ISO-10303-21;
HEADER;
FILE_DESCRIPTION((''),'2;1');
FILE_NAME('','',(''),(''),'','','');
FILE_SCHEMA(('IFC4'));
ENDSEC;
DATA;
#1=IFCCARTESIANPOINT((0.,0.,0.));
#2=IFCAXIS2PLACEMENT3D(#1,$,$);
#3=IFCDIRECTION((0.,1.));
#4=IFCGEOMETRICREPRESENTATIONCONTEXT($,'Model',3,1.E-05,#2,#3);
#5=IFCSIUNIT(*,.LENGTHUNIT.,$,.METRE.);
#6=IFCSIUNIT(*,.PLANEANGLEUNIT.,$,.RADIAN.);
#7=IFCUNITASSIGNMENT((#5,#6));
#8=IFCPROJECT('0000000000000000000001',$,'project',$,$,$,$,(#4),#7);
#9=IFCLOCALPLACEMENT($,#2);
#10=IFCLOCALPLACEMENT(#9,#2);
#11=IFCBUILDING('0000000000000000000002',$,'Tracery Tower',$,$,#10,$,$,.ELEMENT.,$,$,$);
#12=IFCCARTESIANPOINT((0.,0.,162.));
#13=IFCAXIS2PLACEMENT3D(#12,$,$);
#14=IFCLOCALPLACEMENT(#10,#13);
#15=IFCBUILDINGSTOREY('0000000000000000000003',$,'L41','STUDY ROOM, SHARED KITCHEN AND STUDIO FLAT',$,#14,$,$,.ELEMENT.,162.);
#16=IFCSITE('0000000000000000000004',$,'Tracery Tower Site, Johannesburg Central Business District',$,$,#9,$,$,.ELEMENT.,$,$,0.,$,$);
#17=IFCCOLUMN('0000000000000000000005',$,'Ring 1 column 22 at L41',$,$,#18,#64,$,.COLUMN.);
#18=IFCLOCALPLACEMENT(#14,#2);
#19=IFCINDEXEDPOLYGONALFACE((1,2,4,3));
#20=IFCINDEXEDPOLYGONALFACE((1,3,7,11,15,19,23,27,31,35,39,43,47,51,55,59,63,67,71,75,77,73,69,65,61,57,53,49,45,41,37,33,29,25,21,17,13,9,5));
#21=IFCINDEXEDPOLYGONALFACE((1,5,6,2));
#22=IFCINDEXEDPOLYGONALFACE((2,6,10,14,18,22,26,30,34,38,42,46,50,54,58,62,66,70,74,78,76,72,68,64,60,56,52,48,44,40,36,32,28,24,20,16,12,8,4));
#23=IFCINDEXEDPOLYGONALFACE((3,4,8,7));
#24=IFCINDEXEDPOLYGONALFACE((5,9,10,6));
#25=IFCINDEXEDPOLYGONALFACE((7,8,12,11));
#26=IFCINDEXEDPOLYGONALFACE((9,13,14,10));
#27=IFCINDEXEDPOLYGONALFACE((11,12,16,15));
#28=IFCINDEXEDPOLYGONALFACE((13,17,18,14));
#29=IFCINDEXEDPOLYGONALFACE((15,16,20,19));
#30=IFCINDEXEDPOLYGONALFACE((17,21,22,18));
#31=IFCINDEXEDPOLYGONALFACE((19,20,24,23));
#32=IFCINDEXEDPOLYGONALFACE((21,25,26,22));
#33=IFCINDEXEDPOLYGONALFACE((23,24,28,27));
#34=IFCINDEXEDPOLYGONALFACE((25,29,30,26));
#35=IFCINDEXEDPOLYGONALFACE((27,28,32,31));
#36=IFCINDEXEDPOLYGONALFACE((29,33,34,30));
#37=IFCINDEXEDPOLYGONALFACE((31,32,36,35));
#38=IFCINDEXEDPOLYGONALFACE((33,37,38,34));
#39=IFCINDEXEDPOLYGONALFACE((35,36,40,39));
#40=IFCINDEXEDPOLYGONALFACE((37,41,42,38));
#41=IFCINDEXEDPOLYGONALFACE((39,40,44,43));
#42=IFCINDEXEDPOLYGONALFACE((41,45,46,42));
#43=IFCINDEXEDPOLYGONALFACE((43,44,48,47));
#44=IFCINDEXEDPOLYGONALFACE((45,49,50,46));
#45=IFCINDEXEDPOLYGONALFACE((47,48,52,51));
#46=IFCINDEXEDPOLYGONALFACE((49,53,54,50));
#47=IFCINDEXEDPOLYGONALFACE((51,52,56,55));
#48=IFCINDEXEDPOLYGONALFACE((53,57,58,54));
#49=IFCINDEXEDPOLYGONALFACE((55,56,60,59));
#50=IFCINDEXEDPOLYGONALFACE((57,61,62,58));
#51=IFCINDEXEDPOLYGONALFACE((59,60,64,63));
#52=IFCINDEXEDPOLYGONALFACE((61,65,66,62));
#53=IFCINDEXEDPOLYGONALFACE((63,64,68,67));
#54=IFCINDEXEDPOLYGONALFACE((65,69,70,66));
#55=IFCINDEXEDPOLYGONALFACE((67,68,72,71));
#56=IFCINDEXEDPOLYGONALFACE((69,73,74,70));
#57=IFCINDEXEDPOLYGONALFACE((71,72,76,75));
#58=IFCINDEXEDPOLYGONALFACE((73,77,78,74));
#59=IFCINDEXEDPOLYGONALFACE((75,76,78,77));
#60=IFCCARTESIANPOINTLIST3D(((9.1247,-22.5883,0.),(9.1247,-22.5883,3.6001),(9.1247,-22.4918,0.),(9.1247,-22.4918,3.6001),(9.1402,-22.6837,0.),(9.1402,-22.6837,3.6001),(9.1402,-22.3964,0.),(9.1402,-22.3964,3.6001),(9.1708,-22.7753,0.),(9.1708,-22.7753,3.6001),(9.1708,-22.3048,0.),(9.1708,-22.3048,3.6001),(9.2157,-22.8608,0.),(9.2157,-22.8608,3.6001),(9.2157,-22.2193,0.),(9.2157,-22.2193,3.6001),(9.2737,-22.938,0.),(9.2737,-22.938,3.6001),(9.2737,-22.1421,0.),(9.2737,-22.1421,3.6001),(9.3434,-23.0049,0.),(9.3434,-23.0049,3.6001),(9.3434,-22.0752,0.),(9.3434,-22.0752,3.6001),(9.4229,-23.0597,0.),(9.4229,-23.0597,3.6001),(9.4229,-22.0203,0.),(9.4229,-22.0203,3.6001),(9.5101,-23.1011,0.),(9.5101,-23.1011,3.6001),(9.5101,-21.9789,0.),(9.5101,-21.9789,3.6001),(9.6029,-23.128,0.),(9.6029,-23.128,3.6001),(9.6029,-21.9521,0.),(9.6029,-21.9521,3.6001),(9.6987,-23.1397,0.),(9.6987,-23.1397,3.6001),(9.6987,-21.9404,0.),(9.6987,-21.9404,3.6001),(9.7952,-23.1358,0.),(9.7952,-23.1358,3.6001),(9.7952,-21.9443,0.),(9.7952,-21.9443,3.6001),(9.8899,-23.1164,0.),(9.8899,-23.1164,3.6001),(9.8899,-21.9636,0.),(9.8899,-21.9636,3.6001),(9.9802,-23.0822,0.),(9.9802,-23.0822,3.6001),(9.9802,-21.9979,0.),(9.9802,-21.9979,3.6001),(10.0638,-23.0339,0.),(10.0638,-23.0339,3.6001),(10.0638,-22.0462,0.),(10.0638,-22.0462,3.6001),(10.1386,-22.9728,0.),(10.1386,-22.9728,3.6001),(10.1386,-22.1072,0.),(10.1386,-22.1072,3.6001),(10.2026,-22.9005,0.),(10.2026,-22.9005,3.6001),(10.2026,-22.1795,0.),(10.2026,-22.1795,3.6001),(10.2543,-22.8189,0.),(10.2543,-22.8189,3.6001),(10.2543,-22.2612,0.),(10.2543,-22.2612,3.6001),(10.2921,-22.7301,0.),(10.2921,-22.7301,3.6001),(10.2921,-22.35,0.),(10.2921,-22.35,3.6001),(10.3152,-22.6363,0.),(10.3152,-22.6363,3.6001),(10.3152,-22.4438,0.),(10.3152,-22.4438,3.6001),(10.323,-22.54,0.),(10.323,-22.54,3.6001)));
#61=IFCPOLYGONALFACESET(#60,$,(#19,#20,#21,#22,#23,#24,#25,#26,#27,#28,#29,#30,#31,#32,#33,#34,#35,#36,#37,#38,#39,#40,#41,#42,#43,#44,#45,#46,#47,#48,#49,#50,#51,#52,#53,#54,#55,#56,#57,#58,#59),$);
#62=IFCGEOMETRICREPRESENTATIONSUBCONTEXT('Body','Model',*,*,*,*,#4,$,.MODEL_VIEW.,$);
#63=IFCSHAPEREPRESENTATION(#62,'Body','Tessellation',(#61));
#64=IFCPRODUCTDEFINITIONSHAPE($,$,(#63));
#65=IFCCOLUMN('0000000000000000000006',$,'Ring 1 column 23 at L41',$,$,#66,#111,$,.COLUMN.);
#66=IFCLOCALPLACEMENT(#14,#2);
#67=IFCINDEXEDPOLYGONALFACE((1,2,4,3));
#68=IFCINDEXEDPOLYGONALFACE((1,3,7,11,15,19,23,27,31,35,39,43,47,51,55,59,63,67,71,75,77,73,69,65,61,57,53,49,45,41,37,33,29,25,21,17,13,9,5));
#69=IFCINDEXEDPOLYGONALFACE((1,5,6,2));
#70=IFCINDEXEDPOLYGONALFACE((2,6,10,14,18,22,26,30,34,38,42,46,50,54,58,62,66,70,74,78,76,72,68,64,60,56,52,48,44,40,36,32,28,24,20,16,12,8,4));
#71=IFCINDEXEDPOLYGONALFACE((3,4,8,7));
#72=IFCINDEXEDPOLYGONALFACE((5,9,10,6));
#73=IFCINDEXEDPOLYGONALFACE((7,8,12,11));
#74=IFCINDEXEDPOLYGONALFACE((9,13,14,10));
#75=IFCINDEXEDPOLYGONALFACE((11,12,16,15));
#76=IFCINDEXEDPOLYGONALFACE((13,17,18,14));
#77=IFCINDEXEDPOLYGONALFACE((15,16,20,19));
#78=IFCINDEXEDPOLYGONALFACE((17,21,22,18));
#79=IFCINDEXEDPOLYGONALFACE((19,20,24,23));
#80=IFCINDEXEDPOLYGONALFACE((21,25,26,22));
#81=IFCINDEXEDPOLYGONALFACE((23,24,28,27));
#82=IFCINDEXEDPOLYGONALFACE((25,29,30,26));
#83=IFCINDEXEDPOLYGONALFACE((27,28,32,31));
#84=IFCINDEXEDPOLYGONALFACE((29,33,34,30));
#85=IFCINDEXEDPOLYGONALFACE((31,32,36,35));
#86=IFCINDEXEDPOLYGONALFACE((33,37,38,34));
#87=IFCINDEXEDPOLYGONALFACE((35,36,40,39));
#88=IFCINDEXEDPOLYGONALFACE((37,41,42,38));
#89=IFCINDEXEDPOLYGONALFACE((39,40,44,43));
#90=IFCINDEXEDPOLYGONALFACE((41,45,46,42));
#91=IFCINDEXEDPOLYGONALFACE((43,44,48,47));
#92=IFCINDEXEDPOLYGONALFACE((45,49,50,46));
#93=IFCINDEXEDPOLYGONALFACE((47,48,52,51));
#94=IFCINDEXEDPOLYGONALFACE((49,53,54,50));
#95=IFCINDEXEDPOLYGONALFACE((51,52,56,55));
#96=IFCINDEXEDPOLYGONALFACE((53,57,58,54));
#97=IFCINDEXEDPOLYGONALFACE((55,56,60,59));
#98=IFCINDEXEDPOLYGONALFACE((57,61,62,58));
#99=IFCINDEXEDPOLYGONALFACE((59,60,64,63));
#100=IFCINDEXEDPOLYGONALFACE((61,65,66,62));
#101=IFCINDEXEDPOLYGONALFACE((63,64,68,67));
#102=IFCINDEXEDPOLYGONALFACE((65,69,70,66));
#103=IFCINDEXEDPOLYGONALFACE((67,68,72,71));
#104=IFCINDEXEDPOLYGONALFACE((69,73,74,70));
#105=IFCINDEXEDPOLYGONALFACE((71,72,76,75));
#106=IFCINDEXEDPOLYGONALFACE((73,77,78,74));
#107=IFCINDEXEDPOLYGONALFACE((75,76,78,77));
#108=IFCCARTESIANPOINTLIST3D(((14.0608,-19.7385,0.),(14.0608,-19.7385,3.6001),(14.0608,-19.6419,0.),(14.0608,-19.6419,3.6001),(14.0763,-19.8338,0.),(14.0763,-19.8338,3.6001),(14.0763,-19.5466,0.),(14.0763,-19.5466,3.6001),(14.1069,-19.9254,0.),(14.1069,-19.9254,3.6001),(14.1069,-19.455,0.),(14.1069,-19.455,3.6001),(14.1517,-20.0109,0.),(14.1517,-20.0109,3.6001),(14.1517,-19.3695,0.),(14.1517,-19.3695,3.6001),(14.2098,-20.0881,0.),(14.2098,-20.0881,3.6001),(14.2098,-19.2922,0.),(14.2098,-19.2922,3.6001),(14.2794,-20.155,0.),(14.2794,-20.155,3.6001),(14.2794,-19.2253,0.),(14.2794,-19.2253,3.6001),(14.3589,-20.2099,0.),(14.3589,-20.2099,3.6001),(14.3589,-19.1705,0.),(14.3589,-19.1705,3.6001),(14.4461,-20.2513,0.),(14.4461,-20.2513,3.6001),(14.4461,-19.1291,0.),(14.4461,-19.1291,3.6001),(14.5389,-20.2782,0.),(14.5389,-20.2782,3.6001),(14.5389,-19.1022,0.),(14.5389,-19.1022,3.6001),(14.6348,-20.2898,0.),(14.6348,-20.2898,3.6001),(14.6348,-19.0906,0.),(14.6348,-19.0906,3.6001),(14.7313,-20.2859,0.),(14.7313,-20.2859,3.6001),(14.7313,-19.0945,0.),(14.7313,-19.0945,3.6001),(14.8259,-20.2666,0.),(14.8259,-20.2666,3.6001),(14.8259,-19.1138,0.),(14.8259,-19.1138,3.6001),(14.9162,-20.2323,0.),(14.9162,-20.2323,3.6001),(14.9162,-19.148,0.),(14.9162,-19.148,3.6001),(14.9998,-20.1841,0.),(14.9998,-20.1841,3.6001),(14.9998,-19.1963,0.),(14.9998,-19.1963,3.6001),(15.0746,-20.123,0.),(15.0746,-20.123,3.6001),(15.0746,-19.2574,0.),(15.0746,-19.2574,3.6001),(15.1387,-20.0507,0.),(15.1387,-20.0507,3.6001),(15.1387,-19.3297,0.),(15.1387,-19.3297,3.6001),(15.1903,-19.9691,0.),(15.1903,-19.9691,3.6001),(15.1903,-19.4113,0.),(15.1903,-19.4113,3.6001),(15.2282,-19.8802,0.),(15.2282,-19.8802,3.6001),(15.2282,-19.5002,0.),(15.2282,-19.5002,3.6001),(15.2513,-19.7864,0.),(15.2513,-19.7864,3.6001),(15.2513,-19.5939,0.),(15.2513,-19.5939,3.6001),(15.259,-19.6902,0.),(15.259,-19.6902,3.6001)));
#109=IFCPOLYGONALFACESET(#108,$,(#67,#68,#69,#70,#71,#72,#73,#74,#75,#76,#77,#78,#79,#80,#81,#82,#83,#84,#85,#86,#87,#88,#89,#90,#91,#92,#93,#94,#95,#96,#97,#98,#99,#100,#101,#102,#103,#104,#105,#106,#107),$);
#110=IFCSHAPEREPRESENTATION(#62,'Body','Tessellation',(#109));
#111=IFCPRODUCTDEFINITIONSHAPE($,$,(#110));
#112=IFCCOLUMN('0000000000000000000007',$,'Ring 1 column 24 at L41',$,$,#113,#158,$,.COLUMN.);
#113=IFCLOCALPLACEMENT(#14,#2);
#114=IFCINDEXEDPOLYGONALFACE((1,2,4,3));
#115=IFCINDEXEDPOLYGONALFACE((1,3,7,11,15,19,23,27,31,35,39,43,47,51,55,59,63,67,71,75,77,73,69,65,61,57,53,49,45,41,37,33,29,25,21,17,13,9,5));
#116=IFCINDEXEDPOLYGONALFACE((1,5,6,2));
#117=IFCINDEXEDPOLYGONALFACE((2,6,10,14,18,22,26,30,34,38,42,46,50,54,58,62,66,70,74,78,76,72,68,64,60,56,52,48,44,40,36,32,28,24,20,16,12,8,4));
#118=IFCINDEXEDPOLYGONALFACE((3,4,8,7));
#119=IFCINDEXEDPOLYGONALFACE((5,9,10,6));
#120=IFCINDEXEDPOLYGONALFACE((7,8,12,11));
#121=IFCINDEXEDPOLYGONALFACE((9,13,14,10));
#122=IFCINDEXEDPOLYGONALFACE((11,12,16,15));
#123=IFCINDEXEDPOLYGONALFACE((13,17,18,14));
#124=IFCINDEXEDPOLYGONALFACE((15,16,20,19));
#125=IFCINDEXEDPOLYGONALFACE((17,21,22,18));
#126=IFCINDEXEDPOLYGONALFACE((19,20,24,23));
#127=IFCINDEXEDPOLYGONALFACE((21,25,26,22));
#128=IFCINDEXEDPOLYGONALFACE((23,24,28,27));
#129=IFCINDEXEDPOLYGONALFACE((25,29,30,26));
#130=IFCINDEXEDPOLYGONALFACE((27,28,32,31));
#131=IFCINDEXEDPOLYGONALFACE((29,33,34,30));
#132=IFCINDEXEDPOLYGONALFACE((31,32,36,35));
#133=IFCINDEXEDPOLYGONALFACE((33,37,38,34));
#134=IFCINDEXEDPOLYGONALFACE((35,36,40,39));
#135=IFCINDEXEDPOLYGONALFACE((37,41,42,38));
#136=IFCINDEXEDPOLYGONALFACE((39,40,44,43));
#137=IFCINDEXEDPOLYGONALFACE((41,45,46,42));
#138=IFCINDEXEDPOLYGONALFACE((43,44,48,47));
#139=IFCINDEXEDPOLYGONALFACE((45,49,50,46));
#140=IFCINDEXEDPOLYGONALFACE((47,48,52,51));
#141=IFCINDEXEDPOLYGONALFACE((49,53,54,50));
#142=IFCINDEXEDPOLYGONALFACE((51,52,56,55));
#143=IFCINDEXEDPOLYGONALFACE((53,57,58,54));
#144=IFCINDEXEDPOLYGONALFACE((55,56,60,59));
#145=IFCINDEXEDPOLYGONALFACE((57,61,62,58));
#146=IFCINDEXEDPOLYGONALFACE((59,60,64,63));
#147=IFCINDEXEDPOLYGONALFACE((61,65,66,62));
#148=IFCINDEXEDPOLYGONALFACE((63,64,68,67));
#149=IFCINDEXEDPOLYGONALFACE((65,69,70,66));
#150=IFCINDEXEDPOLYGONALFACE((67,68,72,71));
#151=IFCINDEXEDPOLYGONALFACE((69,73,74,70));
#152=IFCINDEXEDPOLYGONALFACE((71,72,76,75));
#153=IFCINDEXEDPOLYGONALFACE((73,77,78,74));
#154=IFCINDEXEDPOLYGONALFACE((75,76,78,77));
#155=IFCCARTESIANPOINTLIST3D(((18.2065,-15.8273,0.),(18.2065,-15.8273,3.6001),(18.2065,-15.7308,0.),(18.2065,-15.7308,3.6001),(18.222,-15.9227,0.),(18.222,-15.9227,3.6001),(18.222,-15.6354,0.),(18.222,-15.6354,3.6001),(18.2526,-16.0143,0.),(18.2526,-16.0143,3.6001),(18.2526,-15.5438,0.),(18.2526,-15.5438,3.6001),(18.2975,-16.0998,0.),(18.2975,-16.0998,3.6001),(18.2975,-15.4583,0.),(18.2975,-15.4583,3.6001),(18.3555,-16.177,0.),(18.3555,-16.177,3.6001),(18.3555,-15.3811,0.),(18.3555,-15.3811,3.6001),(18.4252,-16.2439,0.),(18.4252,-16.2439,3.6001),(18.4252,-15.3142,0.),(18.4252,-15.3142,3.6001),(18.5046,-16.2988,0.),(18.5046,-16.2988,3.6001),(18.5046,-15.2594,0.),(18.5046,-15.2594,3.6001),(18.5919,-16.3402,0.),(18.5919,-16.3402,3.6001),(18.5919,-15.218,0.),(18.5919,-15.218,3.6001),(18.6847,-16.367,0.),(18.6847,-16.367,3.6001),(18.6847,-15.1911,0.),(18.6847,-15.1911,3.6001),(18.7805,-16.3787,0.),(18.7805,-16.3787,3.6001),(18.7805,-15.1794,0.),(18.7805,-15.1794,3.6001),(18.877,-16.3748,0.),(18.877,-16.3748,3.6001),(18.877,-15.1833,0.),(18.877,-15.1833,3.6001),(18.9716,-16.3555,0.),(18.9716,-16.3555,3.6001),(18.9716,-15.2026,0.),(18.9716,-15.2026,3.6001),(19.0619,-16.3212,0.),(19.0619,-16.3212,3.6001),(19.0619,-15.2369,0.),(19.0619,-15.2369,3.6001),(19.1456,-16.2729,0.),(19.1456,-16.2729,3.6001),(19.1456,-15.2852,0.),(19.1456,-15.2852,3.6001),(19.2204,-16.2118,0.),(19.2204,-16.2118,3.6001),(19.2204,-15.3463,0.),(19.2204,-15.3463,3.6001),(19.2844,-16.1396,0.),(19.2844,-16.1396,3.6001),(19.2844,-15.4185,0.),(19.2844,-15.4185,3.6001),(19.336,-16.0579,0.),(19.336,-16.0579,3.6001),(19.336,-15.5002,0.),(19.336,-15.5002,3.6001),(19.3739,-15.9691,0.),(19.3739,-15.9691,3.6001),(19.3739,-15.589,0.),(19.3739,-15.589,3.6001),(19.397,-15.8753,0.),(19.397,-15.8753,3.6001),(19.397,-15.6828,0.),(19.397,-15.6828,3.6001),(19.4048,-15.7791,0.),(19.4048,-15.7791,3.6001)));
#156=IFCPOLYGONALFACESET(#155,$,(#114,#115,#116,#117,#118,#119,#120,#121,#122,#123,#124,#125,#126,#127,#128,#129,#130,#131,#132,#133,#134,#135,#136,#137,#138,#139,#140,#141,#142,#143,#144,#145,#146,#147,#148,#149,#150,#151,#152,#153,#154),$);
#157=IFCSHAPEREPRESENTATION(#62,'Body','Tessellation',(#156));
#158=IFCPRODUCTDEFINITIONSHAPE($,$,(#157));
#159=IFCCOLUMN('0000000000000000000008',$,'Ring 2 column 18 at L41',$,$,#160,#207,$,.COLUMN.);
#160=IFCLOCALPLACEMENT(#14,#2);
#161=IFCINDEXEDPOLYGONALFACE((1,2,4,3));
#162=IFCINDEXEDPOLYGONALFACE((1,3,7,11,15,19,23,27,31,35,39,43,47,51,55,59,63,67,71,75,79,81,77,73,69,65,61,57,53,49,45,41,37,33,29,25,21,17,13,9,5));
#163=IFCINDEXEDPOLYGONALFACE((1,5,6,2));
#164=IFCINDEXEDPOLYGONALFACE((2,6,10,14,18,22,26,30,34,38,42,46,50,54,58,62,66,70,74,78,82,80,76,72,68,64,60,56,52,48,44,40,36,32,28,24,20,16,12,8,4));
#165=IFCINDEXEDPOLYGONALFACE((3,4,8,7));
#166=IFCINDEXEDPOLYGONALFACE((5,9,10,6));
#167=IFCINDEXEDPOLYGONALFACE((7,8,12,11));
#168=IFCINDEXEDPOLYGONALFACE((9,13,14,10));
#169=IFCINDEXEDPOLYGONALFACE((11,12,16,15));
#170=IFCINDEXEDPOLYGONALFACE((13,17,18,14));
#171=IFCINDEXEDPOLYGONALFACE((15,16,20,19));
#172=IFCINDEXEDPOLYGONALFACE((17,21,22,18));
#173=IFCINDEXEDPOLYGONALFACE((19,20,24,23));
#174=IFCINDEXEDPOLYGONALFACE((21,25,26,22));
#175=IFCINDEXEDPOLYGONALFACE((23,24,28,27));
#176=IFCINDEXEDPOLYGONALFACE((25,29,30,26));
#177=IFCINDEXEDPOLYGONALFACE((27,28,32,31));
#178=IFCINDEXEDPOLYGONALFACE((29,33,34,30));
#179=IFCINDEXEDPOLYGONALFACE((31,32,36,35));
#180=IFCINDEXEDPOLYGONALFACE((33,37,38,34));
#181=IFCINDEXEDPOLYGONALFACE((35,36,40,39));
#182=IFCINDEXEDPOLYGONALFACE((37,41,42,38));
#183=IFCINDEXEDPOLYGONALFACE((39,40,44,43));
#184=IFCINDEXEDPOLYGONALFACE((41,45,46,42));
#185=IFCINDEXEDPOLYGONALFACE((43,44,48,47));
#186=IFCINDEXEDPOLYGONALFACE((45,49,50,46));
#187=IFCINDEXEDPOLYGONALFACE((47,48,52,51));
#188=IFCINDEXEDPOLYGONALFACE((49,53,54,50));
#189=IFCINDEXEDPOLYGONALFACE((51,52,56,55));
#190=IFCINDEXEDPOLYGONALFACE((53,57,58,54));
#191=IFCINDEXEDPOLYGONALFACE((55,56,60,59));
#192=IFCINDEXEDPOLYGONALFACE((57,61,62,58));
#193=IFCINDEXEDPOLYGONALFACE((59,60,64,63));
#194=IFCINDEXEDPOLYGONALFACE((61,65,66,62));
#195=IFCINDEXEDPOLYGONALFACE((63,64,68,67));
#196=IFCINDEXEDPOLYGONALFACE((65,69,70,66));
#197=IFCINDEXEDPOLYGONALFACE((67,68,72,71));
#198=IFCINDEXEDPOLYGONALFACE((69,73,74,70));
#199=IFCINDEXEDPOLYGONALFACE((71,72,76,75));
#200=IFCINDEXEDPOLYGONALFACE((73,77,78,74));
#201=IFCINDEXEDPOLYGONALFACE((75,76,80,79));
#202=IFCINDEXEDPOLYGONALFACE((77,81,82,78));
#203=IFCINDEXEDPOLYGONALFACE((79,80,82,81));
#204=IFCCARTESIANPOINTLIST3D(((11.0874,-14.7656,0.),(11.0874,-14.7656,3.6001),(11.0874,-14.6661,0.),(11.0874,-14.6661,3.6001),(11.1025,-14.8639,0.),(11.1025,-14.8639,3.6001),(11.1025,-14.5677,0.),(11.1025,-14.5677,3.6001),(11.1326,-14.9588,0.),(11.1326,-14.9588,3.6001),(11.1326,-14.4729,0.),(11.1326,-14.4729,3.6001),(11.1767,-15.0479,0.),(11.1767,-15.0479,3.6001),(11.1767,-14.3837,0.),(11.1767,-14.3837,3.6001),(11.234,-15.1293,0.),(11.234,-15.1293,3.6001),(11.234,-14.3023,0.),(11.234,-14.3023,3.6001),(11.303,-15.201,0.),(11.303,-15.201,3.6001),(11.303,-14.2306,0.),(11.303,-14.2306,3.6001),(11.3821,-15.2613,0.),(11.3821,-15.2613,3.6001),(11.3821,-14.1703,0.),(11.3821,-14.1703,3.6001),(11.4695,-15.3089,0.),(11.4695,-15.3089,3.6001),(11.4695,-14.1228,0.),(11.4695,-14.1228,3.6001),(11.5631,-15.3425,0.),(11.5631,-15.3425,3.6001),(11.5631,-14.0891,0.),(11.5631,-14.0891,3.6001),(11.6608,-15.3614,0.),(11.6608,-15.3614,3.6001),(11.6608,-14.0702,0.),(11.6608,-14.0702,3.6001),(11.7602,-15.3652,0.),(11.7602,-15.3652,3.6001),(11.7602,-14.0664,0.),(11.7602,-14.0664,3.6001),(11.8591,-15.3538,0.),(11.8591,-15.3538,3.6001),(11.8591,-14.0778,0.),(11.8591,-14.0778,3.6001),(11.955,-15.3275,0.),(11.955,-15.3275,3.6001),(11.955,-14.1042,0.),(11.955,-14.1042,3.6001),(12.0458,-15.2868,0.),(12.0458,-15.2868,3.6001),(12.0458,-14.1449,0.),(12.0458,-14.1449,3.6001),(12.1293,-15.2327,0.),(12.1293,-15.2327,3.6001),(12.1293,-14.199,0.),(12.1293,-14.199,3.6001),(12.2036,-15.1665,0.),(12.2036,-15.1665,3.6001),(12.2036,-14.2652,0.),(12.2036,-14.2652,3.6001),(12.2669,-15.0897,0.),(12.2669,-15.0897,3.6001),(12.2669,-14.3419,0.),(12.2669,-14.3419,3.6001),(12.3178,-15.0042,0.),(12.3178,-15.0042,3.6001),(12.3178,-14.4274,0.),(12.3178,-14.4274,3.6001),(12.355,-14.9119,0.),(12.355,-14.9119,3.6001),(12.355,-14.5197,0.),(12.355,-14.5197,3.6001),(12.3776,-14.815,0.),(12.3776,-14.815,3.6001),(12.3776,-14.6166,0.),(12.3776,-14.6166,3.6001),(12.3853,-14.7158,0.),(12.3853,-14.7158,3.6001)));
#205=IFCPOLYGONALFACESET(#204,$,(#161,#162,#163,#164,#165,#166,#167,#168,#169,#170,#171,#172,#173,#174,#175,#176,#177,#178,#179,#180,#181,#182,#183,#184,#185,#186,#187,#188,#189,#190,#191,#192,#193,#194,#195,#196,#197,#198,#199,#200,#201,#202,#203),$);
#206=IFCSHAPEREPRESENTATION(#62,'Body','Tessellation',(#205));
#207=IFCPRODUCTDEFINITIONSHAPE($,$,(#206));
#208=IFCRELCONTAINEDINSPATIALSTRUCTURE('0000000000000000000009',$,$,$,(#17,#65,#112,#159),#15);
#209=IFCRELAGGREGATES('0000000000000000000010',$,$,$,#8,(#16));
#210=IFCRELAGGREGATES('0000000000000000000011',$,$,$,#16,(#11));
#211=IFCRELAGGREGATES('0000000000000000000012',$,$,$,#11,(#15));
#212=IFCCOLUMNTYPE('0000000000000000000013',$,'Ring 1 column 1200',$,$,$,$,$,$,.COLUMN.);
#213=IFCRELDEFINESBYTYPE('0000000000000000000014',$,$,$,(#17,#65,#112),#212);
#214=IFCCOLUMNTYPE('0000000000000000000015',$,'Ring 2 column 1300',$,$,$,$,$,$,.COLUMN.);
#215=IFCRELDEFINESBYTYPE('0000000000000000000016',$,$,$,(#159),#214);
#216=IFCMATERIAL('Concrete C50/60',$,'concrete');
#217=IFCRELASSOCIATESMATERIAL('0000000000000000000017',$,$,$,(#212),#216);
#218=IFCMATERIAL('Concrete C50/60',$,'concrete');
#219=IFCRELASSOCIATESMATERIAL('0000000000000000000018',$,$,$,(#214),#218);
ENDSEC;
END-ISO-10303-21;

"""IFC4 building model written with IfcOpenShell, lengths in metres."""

from ifc_helpers import new_model, si_unit, direction, frame, origin, origin_2d, place, context, subcontext, project, spatial, circle, extrude, material, material_profile, profile_set, type_object, element, save


model = new_model("IFC4")

# Units and contexts
model_context = context("Model", 3, precision=1e-05, world=origin(), true_north=direction((0.0, 1.0)))
body_context = subcontext(model_context, "Body", "Model", "MODEL_VIEW")
ifc_project = project(units=[si_unit("LENGTHUNIT", "METRE"), si_unit("PLANEANGLEUNIT", "RADIAN")], contexts=[model_context])

# Site, building, storey
site_placement = place(None, origin())
site = spatial("IfcSite", under=ifc_project, at=site_placement, Name="Tracery Tower Site, Johannesburg Central Business District", CompositionType="ELEMENT", RefElevation=0.0)
building_placement = place(site_placement, origin())
building = spatial("IfcBuilding", under=site, at=building_placement, Name="Tracery Tower", CompositionType="ELEMENT")
storey_placement = place(building_placement, frame((0.0, 0.0, 162.0)))
storey = spatial("IfcBuildingStorey", under=building, at=storey_placement, Name="L41", Description="STUDY ROOM, SHARED KITCHEN AND STUDIO FLAT", CompositionType="ELEMENT", Elevation=162.0)

# Columns
ifc_material_1 = material(Name="Concrete C50/60", Category="concrete")
ifc_material_profile_1 = material_profile(ifc_material_1, circle(Radius=0.6001, at=origin_2d()), Name="RC D1200")
ifc_profile_set_1 = profile_set([ifc_material_profile_1], Name="Concrete C50/60")
column_type_1 = type_object("IfcColumnType", Name="Ring 1 column 1200", PredefinedType="COLUMN", material=ifc_profile_set_1)
for number, where, z_axis, x_axis, name in (
    (1, (9.7229, -22.54, 0.0), (0.0, 0.0, 1.0), (1.0, 0.0, 0.0), "Ring 1 column 22 at L41"),
    (2, (14.6589, -19.6902, 0.0), (0.0, 0.0, 1.0), (1.0, 0.0, 0.0), "Ring 1 column 23 at L41"),
    (3, (18.8047, -15.7791, 0.0), (0.0, 0.0, 1.0), (1.0, 0.0, 0.0), "Ring 1 column 24 at L41"),
):
    element("IfcColumn", number, at=place(storey_placement, frame(where, z_axis=z_axis, x_axis=x_axis)), inside=storey, type_object=column_type_1, Name=name, PredefinedType="COLUMN", context=body_context, shape_type="SweptSolid", body=[
        extrude(circle(Radius=0.6001, at=origin_2d()), origin(), (0.0, 0.0, 1.0), 3.6001),
    ])
ifc_material_2 = material(Name="Concrete C50/60", Category="concrete")
ifc_material_profile_2 = material_profile(ifc_material_2, circle(Radius=0.6499, at=origin_2d()), Name="RC D1300")
ifc_profile_set_2 = profile_set([ifc_material_profile_2], Name="Concrete C50/60")
column_type_2 = type_object("IfcColumnType", Name="Ring 2 column 1300", PredefinedType="COLUMN", material=ifc_profile_set_2)
column_placement = place(storey_placement, frame((11.7354, -14.7158, 0.0), z_axis=(0.0, 0.0, 1.0), x_axis=(1.0, 0.0, 0.0)))
element("IfcColumn", 4, at=column_placement, inside=storey, type_object=column_type_2, Name="Ring 2 column 18 at L41", PredefinedType="COLUMN", context=body_context, shape_type="SweptSolid", body=[
    extrude(circle(Radius=0.6499, at=origin_2d()), origin(), (0.0, 0.0, 1.0), 3.6001),
])

save(model, "model.ifc")
